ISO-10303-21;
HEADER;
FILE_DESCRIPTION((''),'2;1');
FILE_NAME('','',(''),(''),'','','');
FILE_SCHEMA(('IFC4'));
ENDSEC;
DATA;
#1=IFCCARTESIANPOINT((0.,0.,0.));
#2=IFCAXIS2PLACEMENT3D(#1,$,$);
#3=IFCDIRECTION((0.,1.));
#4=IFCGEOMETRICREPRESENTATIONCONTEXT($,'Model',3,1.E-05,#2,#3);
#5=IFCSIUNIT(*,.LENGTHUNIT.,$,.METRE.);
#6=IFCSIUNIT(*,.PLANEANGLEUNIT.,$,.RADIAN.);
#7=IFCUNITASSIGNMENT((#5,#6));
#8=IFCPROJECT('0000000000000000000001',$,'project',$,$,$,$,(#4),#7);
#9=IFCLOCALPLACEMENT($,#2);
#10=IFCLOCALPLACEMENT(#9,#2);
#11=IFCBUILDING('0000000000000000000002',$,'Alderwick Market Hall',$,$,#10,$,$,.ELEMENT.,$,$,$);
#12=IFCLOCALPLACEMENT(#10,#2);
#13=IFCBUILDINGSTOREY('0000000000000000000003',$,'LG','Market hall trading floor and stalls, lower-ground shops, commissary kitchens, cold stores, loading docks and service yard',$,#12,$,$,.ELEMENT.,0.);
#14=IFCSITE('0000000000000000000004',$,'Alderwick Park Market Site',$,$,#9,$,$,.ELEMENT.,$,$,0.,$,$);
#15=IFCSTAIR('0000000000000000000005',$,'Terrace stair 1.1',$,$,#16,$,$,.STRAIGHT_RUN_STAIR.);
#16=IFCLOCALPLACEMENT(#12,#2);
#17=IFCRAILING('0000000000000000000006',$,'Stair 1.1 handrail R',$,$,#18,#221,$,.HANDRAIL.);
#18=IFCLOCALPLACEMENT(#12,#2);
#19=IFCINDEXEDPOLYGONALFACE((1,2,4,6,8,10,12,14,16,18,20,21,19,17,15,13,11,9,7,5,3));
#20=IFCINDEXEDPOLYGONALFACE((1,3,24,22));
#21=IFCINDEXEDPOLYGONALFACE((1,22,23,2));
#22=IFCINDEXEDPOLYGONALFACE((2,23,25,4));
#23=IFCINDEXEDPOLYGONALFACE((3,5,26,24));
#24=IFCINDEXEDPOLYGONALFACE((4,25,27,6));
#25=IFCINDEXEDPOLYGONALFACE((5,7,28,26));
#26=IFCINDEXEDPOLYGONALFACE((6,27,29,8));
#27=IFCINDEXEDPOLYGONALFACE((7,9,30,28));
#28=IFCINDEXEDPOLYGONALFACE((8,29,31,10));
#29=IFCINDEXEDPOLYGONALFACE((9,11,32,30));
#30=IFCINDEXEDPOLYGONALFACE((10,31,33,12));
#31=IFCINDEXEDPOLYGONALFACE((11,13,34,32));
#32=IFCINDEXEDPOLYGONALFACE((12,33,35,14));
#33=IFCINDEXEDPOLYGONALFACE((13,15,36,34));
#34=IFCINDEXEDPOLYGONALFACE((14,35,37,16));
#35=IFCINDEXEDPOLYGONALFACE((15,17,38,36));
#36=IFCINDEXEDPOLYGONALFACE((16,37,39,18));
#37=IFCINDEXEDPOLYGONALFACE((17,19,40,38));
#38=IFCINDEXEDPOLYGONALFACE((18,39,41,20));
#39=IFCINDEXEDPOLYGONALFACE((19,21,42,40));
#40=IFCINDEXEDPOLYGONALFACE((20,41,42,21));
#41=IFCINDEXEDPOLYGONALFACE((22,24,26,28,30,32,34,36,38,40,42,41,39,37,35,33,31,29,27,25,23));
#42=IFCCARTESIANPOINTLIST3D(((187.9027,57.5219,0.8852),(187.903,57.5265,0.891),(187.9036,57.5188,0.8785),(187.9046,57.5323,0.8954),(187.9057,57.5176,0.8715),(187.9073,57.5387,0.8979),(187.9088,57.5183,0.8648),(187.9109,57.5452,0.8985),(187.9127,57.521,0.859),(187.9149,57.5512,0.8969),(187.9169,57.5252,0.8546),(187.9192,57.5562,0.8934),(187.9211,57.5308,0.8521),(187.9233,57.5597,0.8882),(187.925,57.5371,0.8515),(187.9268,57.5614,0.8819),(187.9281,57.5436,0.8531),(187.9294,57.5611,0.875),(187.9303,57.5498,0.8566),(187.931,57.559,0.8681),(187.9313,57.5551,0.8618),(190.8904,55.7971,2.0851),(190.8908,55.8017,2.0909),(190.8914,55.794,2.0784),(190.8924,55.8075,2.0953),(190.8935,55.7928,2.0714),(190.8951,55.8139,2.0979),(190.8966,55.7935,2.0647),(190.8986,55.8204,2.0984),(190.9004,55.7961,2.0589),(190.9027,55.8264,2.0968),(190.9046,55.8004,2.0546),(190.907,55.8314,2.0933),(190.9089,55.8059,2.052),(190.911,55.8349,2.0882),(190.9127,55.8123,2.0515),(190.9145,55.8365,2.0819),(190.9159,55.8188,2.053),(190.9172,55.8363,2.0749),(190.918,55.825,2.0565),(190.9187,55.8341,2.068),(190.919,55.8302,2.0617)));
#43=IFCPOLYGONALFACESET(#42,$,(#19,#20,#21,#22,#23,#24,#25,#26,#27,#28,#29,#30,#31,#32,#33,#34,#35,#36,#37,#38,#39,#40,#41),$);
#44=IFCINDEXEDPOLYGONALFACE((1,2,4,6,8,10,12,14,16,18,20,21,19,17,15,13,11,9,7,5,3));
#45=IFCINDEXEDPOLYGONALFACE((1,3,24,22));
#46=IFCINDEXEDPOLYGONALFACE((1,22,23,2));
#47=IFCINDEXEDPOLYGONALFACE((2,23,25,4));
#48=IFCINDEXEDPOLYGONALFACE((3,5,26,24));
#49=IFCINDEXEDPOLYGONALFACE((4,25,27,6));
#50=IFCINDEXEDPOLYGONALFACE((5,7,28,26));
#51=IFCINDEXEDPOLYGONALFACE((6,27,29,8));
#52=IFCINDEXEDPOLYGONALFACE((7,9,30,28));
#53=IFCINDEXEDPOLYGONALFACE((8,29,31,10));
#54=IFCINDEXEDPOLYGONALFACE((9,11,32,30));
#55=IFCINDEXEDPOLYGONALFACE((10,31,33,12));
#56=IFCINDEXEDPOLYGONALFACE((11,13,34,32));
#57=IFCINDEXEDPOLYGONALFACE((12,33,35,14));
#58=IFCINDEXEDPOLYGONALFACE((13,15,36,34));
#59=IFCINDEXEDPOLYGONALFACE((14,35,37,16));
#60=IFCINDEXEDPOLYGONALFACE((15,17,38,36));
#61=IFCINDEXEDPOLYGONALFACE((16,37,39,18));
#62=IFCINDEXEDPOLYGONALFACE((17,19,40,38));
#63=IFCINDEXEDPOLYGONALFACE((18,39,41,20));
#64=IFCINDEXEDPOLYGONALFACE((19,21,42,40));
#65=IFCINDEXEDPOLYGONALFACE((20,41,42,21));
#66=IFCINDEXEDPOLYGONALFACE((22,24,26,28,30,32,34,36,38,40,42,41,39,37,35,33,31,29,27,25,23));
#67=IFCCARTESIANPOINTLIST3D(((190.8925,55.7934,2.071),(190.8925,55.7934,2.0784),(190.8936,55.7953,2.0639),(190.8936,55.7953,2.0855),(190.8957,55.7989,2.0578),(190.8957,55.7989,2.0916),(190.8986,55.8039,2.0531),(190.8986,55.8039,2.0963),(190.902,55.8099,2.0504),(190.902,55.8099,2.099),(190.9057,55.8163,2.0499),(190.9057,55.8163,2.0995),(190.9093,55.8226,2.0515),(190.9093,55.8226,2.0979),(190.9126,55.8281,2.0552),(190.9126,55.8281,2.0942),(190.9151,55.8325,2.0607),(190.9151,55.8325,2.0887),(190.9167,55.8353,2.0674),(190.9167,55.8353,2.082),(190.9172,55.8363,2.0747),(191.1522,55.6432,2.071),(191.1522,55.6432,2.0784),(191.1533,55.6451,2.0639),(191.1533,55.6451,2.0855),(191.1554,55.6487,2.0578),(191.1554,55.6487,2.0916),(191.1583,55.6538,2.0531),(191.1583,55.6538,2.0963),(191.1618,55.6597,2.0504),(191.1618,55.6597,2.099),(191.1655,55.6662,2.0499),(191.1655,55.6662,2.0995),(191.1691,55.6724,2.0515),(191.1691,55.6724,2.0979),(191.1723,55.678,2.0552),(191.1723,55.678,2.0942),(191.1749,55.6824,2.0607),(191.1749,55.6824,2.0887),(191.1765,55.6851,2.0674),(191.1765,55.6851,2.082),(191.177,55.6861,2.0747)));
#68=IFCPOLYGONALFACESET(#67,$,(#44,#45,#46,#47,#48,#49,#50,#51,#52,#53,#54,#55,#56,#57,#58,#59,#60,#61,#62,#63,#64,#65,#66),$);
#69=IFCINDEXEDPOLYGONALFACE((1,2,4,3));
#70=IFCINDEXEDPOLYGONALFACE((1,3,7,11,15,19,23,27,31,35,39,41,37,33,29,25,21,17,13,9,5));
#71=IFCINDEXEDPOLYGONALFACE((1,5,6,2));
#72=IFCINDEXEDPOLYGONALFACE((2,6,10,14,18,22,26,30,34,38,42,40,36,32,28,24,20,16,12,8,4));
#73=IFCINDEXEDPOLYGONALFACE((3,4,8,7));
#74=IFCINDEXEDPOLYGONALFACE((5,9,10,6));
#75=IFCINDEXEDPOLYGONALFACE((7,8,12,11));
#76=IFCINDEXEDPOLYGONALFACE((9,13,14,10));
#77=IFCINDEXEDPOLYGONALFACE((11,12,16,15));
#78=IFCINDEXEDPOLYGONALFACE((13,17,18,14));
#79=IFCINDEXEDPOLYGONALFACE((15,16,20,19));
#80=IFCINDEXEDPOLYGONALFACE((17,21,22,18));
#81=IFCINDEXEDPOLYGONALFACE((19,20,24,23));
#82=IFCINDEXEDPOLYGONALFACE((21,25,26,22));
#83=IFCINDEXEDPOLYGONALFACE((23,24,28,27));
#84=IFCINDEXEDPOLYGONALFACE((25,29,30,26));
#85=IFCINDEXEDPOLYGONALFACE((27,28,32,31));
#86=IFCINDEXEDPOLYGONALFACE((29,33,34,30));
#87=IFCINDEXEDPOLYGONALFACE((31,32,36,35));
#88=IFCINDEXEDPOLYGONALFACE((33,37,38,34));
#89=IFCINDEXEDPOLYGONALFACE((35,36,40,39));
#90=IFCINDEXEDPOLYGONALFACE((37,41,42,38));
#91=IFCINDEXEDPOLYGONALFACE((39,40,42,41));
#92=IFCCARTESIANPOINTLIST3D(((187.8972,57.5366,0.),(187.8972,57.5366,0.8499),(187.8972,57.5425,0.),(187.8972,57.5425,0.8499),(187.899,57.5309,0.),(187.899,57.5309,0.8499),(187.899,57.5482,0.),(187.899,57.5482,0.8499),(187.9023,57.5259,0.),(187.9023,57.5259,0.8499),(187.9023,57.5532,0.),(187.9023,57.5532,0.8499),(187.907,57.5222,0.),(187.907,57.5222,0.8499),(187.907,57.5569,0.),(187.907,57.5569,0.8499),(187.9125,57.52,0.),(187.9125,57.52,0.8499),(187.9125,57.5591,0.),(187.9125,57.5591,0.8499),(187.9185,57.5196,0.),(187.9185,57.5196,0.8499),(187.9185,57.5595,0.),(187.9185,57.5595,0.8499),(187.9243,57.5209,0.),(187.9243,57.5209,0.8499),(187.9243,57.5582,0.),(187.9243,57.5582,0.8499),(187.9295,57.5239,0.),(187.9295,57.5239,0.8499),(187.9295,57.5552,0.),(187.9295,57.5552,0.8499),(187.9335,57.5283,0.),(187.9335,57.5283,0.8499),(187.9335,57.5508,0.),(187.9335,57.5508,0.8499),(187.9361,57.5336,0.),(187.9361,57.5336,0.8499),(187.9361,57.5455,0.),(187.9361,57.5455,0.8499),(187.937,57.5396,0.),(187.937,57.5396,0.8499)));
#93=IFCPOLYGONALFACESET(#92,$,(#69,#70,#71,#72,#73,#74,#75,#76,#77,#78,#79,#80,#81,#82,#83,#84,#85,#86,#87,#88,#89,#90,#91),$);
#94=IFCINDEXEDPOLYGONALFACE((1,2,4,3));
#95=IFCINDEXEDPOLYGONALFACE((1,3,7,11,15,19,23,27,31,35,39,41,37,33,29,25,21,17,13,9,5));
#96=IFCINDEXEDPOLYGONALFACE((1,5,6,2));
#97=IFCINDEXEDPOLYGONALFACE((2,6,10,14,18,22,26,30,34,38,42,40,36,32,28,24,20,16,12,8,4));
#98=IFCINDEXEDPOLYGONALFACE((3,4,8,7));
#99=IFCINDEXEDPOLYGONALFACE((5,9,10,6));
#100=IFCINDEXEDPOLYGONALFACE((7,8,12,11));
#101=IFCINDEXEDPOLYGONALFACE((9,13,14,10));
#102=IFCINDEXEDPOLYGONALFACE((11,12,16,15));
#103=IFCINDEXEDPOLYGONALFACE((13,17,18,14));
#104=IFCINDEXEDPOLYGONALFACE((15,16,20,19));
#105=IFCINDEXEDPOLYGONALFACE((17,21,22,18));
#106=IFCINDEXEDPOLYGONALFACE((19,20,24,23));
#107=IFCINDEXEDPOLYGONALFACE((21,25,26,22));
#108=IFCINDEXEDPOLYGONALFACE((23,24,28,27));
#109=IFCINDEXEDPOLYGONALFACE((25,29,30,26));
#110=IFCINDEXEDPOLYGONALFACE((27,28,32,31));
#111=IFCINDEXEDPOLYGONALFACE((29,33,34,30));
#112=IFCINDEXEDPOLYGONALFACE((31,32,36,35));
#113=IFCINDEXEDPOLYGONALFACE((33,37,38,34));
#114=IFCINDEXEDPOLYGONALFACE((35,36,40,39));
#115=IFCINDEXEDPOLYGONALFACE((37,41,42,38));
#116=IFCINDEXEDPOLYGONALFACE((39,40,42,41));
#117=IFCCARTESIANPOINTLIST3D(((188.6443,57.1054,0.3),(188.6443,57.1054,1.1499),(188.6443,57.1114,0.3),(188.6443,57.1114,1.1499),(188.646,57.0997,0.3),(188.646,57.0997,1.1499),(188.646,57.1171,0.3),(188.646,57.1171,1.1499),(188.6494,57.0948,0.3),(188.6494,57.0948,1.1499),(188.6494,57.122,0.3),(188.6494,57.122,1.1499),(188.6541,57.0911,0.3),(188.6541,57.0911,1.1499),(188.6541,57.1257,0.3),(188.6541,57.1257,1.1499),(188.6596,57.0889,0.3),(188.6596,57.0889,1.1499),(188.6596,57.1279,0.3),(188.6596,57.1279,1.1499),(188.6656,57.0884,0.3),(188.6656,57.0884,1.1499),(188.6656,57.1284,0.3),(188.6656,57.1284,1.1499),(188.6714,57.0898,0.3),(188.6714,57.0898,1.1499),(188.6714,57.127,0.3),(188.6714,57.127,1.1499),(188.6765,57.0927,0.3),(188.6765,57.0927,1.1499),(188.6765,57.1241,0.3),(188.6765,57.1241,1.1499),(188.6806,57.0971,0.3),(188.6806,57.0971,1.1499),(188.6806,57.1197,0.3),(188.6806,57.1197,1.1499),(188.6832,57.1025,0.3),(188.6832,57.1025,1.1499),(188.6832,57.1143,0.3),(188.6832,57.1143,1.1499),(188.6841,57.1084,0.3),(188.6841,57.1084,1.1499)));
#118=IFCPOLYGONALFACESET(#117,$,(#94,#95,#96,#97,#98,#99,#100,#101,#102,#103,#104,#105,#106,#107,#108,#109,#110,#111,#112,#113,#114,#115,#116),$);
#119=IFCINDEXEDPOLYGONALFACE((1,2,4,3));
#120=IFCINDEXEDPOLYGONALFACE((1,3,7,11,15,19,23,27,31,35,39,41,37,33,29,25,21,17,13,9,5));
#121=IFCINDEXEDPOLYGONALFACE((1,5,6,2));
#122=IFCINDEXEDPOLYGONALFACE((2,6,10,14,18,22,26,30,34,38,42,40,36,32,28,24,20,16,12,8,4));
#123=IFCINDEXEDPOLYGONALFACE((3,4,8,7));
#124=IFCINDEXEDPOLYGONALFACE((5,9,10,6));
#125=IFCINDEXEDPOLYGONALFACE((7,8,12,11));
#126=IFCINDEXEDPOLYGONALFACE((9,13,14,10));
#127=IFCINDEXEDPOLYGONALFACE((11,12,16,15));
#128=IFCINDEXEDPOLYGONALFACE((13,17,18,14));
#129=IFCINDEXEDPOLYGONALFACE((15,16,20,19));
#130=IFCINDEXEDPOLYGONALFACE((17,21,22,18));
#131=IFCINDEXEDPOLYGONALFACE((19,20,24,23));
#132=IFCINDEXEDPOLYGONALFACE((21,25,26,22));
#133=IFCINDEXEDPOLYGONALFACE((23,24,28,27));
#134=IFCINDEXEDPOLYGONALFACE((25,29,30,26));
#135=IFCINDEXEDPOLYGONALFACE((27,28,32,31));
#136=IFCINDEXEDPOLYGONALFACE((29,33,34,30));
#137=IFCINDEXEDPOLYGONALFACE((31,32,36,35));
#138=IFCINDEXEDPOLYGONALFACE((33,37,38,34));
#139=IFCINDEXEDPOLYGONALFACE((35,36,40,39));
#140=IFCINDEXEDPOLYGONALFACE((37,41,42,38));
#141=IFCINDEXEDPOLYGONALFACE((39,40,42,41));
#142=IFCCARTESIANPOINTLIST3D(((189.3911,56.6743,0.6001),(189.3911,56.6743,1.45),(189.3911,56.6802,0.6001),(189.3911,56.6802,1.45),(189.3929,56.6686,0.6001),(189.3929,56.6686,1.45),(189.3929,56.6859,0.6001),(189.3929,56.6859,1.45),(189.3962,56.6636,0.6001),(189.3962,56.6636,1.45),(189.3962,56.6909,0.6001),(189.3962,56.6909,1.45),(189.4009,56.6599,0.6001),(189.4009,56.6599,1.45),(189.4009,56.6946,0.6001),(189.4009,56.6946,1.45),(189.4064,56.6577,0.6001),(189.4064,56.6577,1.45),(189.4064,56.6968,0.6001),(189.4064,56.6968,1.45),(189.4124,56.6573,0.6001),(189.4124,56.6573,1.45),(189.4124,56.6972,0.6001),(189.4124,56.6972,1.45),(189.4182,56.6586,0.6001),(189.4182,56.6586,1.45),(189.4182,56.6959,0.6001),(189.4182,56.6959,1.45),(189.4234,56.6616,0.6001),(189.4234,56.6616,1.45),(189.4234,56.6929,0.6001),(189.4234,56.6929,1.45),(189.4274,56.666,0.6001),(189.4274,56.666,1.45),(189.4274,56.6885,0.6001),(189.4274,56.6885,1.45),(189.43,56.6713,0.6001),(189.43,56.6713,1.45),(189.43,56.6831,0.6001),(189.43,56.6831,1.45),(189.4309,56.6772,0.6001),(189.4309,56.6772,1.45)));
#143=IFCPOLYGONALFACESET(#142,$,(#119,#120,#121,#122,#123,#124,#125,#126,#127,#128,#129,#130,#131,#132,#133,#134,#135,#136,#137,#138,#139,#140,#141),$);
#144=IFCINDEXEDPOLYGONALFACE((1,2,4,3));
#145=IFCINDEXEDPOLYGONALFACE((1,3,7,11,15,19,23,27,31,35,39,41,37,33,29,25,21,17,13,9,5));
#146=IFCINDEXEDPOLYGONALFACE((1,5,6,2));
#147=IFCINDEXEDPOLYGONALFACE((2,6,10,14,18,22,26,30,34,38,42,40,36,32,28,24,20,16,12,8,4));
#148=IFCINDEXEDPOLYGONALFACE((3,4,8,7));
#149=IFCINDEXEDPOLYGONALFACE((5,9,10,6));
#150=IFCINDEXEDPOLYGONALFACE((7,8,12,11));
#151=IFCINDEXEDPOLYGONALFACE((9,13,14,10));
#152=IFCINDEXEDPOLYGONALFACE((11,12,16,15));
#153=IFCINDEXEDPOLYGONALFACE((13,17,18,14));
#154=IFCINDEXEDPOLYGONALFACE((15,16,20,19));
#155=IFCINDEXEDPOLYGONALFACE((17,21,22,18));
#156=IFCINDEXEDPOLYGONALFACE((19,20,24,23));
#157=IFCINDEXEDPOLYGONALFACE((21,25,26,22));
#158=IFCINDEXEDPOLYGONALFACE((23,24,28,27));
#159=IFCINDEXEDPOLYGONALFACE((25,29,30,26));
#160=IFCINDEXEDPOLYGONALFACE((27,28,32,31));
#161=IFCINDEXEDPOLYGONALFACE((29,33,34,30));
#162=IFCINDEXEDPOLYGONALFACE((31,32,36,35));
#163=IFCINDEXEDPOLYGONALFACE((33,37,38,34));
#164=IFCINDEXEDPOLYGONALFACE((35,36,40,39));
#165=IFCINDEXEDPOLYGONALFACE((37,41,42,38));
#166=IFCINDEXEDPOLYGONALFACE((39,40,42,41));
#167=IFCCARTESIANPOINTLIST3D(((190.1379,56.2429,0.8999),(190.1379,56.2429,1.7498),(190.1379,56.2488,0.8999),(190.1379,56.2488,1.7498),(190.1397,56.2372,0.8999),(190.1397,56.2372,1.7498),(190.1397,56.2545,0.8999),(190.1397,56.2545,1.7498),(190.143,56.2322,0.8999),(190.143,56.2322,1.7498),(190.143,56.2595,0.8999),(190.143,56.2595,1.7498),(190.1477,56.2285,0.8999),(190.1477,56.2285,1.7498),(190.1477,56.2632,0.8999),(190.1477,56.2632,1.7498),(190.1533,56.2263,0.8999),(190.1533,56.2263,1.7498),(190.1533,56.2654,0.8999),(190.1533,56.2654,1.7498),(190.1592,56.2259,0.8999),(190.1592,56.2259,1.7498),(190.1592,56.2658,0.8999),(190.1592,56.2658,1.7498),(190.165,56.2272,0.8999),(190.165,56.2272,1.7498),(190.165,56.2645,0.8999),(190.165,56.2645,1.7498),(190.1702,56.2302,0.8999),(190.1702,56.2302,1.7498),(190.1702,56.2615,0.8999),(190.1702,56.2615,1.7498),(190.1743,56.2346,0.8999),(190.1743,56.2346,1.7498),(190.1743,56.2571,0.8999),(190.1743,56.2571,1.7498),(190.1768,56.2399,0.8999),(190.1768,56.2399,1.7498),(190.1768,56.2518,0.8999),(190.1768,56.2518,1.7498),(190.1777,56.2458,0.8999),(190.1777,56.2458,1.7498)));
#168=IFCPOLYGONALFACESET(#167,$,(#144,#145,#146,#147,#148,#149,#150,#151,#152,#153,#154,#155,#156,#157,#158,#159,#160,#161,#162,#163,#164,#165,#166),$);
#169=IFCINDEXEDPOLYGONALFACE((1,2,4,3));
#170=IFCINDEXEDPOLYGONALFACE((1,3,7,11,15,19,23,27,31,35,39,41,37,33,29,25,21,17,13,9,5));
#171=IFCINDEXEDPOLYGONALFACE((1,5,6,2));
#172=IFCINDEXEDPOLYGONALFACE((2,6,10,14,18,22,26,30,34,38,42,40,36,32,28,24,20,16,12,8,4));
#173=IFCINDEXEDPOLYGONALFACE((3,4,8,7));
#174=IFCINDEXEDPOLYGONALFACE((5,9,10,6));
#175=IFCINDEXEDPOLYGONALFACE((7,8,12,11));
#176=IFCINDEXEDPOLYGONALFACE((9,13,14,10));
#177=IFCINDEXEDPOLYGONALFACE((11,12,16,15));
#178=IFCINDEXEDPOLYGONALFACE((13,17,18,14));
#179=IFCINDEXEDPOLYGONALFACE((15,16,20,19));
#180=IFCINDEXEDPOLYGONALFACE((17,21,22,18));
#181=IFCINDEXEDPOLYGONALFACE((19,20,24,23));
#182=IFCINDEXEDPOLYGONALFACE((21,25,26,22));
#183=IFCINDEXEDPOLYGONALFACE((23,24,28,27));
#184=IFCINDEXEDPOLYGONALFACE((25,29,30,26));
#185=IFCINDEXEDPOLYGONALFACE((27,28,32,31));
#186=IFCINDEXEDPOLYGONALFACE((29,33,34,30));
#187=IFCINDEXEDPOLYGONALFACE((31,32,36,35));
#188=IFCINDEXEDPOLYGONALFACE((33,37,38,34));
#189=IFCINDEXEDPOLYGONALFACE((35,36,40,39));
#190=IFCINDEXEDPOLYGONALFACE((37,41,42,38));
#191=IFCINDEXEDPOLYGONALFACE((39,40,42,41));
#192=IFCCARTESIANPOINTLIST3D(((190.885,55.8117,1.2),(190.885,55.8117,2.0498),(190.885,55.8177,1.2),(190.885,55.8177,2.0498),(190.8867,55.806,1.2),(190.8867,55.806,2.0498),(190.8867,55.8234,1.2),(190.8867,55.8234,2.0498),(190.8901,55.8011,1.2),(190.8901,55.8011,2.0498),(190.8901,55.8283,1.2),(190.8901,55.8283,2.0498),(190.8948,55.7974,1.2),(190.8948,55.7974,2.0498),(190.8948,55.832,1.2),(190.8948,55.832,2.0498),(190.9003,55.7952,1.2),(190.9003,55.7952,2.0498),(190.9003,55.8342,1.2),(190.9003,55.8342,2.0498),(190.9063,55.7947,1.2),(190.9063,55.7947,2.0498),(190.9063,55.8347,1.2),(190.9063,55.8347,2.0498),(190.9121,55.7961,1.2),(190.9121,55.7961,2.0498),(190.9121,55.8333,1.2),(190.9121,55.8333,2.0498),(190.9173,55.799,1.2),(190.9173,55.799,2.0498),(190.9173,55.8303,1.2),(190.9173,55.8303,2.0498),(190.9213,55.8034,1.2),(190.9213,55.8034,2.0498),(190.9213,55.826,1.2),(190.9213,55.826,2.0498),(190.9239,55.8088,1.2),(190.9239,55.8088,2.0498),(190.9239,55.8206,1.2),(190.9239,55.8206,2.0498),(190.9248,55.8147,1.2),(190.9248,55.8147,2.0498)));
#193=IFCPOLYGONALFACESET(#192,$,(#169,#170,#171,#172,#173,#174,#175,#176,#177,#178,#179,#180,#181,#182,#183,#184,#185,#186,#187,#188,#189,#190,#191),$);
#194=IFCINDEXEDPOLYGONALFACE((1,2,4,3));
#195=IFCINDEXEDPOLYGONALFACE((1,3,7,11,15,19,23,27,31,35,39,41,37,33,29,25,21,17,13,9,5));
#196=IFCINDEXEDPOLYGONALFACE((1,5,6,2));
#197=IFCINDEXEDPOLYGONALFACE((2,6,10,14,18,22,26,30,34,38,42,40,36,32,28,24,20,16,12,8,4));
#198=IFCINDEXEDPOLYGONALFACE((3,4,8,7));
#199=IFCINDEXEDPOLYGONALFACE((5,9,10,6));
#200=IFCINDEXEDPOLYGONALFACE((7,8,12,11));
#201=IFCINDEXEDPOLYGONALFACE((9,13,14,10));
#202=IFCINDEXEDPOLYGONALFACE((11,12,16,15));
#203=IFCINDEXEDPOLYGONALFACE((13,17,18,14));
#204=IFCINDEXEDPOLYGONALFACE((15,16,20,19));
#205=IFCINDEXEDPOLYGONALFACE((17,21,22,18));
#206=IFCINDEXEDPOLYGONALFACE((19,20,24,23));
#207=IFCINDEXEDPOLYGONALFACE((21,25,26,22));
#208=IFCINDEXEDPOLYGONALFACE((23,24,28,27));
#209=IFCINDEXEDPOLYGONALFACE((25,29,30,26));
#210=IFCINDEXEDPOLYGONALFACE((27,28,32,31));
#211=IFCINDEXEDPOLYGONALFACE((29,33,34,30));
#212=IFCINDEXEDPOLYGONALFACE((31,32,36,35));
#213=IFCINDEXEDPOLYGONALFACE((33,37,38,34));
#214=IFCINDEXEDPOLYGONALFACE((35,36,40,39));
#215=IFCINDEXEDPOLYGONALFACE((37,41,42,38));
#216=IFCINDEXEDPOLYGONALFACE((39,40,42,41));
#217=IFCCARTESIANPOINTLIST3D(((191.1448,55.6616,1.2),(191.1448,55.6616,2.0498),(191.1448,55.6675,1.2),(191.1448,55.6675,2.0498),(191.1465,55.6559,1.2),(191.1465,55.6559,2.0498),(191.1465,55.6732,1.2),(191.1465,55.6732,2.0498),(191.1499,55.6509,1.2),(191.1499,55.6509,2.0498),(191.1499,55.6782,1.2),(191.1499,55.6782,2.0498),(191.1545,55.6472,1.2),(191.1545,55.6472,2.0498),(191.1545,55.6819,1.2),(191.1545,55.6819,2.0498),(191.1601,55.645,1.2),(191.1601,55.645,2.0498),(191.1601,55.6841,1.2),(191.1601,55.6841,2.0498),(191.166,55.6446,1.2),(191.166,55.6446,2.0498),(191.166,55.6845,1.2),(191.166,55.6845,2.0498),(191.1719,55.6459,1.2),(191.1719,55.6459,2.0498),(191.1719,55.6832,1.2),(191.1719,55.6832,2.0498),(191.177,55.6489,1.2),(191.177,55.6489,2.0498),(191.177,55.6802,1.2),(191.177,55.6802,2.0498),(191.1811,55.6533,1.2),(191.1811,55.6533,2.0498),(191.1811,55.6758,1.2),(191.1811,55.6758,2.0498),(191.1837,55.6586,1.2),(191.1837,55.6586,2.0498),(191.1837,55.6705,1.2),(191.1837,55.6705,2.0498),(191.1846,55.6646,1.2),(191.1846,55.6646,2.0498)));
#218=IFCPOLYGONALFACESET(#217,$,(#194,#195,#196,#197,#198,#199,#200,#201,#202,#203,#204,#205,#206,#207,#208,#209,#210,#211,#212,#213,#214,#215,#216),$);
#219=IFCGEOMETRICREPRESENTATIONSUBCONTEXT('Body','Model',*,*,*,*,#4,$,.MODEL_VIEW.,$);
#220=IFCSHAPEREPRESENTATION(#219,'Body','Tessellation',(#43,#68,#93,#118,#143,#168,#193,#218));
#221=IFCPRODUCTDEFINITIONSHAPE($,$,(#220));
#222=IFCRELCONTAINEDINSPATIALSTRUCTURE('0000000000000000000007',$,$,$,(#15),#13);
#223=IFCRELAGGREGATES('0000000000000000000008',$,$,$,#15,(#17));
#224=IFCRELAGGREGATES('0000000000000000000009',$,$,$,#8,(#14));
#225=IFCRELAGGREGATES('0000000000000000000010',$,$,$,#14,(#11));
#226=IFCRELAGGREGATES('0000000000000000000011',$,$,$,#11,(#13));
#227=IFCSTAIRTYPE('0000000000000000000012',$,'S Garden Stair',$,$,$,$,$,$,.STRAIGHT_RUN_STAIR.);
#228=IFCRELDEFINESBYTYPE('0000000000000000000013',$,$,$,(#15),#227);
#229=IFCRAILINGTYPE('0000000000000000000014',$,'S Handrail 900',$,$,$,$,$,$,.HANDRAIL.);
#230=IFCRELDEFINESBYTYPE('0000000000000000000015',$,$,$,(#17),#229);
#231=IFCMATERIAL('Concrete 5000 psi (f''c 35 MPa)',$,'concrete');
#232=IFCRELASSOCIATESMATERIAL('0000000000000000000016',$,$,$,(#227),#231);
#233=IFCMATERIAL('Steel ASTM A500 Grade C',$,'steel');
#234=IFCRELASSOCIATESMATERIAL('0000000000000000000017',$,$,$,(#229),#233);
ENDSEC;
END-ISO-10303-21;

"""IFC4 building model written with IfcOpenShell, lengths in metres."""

from ifc_helpers import new_model, si_unit, direction, frame, origin, origin_2d, place, context, subcontext, project, spatial, circle, extrude, material, type_object, element, aggregate, save


model = new_model("IFC4")

# Units and contexts
model_context = context("Model", 3, precision=1e-05, world=origin(), true_north=direction((0.0, 1.0)))
body_context = subcontext(model_context, "Body", "Model", "MODEL_VIEW")
ifc_project = project(units=[si_unit("LENGTHUNIT", "METRE"), si_unit("PLANEANGLEUNIT", "RADIAN")], contexts=[model_context])

# Site, building, storey
site_placement = place(None, origin())
site = spatial("IfcSite", under=ifc_project, at=site_placement, Name="Alderwick Park Market Site", CompositionType="ELEMENT", RefElevation=0.0)
building_placement = place(site_placement, origin())
building = spatial("IfcBuilding", under=site, at=building_placement, Name="Alderwick Market Hall", CompositionType="ELEMENT")
storey_placement = place(building_placement, origin())
storey = spatial("IfcBuildingStorey", under=building, at=storey_placement, Name="LG", Description="Market hall trading floor and stalls, lower-ground shops, commissary kitchens, cold stores, loading docks and service yard", CompositionType="ELEMENT", Elevation=0.0)

# Shared definitions
ifc_material_1 = material(Name="Concrete 5000 psi (f'c 35 MPa)", Category="concrete")

# Stair
stair_type = type_object("IfcStairType", Name="S Garden Stair", PredefinedType="STRAIGHT_RUN_STAIR", material=ifc_material_1)
stair_1_placement = place(storey_placement, origin())
stair_1 = element("IfcStair", 1, at=stair_1_placement, inside=storey, type_object=stair_type, Name="Terrace stair 1.1", PredefinedType="STRAIGHT_RUN_STAIR")

# Railing
ifc_material_2 = material(Name="Steel ASTM A500 Grade C", Category="steel")
railing_type_1 = type_object("IfcRailingType", Name="S Handrail 900", PredefinedType="HANDRAIL", material=ifc_material_2)
railing_1_placement = place(storey_placement, frame((187.917, 57.5396, 0.0)))
railing_1 = element("IfcRailing", 2, at=railing_1_placement, type_object=railing_type_1, Name="Stair 1.1 handrail R", PredefinedType="HANDRAIL", context=body_context, shape_type="SweptSolid", body=[
    extrude(circle(Radius=0.0249, at=origin_2d()), frame((0.0, 0.0, 0.875), z_axis=(0.817978, -0.472219, 0.328515), x_axis=(0.499967, 0.866044, 0.0)), (0.0, 0.0, 1.0), 3.6526),
    extrude(circle(Radius=0.0249, at=origin_2d()), frame((2.9878, -1.7249, 2.0747), z_axis=(0.865779, -0.500427, 0.0), x_axis=(0.500427, 0.865779, 0.0)), (0.0, 0.0, 1.0), 0.3),
    extrude(circle(Radius=0.02, at=origin_2d()), origin(), (0.0, 0.0, 1.0), 0.8499),
    extrude(circle(Radius=0.02, at=origin_2d()), frame((0.7471, -0.4312, 0.3)), (0.0, 0.0, 1.0), 0.8499),
    extrude(circle(Radius=0.02, at=origin_2d()), frame((1.4939, -0.8623, 0.6001)), (0.0, 0.0, 1.0), 0.8499),
    extrude(circle(Radius=0.02, at=origin_2d()), frame((2.2407, -1.2937, 0.8999)), (0.0, 0.0, 1.0), 0.8499),
    extrude(circle(Radius=0.02, at=origin_2d()), frame((2.9878, -1.7249, 1.2)), (0.0, 0.0, 1.0), 0.8499),
    extrude(circle(Radius=0.02, at=origin_2d()), frame((3.2476, -1.875, 1.2)), (0.0, 0.0, 1.0), 0.8499),
])
aggregate(stair_1, [railing_1])

save(model, "model.ifc")
